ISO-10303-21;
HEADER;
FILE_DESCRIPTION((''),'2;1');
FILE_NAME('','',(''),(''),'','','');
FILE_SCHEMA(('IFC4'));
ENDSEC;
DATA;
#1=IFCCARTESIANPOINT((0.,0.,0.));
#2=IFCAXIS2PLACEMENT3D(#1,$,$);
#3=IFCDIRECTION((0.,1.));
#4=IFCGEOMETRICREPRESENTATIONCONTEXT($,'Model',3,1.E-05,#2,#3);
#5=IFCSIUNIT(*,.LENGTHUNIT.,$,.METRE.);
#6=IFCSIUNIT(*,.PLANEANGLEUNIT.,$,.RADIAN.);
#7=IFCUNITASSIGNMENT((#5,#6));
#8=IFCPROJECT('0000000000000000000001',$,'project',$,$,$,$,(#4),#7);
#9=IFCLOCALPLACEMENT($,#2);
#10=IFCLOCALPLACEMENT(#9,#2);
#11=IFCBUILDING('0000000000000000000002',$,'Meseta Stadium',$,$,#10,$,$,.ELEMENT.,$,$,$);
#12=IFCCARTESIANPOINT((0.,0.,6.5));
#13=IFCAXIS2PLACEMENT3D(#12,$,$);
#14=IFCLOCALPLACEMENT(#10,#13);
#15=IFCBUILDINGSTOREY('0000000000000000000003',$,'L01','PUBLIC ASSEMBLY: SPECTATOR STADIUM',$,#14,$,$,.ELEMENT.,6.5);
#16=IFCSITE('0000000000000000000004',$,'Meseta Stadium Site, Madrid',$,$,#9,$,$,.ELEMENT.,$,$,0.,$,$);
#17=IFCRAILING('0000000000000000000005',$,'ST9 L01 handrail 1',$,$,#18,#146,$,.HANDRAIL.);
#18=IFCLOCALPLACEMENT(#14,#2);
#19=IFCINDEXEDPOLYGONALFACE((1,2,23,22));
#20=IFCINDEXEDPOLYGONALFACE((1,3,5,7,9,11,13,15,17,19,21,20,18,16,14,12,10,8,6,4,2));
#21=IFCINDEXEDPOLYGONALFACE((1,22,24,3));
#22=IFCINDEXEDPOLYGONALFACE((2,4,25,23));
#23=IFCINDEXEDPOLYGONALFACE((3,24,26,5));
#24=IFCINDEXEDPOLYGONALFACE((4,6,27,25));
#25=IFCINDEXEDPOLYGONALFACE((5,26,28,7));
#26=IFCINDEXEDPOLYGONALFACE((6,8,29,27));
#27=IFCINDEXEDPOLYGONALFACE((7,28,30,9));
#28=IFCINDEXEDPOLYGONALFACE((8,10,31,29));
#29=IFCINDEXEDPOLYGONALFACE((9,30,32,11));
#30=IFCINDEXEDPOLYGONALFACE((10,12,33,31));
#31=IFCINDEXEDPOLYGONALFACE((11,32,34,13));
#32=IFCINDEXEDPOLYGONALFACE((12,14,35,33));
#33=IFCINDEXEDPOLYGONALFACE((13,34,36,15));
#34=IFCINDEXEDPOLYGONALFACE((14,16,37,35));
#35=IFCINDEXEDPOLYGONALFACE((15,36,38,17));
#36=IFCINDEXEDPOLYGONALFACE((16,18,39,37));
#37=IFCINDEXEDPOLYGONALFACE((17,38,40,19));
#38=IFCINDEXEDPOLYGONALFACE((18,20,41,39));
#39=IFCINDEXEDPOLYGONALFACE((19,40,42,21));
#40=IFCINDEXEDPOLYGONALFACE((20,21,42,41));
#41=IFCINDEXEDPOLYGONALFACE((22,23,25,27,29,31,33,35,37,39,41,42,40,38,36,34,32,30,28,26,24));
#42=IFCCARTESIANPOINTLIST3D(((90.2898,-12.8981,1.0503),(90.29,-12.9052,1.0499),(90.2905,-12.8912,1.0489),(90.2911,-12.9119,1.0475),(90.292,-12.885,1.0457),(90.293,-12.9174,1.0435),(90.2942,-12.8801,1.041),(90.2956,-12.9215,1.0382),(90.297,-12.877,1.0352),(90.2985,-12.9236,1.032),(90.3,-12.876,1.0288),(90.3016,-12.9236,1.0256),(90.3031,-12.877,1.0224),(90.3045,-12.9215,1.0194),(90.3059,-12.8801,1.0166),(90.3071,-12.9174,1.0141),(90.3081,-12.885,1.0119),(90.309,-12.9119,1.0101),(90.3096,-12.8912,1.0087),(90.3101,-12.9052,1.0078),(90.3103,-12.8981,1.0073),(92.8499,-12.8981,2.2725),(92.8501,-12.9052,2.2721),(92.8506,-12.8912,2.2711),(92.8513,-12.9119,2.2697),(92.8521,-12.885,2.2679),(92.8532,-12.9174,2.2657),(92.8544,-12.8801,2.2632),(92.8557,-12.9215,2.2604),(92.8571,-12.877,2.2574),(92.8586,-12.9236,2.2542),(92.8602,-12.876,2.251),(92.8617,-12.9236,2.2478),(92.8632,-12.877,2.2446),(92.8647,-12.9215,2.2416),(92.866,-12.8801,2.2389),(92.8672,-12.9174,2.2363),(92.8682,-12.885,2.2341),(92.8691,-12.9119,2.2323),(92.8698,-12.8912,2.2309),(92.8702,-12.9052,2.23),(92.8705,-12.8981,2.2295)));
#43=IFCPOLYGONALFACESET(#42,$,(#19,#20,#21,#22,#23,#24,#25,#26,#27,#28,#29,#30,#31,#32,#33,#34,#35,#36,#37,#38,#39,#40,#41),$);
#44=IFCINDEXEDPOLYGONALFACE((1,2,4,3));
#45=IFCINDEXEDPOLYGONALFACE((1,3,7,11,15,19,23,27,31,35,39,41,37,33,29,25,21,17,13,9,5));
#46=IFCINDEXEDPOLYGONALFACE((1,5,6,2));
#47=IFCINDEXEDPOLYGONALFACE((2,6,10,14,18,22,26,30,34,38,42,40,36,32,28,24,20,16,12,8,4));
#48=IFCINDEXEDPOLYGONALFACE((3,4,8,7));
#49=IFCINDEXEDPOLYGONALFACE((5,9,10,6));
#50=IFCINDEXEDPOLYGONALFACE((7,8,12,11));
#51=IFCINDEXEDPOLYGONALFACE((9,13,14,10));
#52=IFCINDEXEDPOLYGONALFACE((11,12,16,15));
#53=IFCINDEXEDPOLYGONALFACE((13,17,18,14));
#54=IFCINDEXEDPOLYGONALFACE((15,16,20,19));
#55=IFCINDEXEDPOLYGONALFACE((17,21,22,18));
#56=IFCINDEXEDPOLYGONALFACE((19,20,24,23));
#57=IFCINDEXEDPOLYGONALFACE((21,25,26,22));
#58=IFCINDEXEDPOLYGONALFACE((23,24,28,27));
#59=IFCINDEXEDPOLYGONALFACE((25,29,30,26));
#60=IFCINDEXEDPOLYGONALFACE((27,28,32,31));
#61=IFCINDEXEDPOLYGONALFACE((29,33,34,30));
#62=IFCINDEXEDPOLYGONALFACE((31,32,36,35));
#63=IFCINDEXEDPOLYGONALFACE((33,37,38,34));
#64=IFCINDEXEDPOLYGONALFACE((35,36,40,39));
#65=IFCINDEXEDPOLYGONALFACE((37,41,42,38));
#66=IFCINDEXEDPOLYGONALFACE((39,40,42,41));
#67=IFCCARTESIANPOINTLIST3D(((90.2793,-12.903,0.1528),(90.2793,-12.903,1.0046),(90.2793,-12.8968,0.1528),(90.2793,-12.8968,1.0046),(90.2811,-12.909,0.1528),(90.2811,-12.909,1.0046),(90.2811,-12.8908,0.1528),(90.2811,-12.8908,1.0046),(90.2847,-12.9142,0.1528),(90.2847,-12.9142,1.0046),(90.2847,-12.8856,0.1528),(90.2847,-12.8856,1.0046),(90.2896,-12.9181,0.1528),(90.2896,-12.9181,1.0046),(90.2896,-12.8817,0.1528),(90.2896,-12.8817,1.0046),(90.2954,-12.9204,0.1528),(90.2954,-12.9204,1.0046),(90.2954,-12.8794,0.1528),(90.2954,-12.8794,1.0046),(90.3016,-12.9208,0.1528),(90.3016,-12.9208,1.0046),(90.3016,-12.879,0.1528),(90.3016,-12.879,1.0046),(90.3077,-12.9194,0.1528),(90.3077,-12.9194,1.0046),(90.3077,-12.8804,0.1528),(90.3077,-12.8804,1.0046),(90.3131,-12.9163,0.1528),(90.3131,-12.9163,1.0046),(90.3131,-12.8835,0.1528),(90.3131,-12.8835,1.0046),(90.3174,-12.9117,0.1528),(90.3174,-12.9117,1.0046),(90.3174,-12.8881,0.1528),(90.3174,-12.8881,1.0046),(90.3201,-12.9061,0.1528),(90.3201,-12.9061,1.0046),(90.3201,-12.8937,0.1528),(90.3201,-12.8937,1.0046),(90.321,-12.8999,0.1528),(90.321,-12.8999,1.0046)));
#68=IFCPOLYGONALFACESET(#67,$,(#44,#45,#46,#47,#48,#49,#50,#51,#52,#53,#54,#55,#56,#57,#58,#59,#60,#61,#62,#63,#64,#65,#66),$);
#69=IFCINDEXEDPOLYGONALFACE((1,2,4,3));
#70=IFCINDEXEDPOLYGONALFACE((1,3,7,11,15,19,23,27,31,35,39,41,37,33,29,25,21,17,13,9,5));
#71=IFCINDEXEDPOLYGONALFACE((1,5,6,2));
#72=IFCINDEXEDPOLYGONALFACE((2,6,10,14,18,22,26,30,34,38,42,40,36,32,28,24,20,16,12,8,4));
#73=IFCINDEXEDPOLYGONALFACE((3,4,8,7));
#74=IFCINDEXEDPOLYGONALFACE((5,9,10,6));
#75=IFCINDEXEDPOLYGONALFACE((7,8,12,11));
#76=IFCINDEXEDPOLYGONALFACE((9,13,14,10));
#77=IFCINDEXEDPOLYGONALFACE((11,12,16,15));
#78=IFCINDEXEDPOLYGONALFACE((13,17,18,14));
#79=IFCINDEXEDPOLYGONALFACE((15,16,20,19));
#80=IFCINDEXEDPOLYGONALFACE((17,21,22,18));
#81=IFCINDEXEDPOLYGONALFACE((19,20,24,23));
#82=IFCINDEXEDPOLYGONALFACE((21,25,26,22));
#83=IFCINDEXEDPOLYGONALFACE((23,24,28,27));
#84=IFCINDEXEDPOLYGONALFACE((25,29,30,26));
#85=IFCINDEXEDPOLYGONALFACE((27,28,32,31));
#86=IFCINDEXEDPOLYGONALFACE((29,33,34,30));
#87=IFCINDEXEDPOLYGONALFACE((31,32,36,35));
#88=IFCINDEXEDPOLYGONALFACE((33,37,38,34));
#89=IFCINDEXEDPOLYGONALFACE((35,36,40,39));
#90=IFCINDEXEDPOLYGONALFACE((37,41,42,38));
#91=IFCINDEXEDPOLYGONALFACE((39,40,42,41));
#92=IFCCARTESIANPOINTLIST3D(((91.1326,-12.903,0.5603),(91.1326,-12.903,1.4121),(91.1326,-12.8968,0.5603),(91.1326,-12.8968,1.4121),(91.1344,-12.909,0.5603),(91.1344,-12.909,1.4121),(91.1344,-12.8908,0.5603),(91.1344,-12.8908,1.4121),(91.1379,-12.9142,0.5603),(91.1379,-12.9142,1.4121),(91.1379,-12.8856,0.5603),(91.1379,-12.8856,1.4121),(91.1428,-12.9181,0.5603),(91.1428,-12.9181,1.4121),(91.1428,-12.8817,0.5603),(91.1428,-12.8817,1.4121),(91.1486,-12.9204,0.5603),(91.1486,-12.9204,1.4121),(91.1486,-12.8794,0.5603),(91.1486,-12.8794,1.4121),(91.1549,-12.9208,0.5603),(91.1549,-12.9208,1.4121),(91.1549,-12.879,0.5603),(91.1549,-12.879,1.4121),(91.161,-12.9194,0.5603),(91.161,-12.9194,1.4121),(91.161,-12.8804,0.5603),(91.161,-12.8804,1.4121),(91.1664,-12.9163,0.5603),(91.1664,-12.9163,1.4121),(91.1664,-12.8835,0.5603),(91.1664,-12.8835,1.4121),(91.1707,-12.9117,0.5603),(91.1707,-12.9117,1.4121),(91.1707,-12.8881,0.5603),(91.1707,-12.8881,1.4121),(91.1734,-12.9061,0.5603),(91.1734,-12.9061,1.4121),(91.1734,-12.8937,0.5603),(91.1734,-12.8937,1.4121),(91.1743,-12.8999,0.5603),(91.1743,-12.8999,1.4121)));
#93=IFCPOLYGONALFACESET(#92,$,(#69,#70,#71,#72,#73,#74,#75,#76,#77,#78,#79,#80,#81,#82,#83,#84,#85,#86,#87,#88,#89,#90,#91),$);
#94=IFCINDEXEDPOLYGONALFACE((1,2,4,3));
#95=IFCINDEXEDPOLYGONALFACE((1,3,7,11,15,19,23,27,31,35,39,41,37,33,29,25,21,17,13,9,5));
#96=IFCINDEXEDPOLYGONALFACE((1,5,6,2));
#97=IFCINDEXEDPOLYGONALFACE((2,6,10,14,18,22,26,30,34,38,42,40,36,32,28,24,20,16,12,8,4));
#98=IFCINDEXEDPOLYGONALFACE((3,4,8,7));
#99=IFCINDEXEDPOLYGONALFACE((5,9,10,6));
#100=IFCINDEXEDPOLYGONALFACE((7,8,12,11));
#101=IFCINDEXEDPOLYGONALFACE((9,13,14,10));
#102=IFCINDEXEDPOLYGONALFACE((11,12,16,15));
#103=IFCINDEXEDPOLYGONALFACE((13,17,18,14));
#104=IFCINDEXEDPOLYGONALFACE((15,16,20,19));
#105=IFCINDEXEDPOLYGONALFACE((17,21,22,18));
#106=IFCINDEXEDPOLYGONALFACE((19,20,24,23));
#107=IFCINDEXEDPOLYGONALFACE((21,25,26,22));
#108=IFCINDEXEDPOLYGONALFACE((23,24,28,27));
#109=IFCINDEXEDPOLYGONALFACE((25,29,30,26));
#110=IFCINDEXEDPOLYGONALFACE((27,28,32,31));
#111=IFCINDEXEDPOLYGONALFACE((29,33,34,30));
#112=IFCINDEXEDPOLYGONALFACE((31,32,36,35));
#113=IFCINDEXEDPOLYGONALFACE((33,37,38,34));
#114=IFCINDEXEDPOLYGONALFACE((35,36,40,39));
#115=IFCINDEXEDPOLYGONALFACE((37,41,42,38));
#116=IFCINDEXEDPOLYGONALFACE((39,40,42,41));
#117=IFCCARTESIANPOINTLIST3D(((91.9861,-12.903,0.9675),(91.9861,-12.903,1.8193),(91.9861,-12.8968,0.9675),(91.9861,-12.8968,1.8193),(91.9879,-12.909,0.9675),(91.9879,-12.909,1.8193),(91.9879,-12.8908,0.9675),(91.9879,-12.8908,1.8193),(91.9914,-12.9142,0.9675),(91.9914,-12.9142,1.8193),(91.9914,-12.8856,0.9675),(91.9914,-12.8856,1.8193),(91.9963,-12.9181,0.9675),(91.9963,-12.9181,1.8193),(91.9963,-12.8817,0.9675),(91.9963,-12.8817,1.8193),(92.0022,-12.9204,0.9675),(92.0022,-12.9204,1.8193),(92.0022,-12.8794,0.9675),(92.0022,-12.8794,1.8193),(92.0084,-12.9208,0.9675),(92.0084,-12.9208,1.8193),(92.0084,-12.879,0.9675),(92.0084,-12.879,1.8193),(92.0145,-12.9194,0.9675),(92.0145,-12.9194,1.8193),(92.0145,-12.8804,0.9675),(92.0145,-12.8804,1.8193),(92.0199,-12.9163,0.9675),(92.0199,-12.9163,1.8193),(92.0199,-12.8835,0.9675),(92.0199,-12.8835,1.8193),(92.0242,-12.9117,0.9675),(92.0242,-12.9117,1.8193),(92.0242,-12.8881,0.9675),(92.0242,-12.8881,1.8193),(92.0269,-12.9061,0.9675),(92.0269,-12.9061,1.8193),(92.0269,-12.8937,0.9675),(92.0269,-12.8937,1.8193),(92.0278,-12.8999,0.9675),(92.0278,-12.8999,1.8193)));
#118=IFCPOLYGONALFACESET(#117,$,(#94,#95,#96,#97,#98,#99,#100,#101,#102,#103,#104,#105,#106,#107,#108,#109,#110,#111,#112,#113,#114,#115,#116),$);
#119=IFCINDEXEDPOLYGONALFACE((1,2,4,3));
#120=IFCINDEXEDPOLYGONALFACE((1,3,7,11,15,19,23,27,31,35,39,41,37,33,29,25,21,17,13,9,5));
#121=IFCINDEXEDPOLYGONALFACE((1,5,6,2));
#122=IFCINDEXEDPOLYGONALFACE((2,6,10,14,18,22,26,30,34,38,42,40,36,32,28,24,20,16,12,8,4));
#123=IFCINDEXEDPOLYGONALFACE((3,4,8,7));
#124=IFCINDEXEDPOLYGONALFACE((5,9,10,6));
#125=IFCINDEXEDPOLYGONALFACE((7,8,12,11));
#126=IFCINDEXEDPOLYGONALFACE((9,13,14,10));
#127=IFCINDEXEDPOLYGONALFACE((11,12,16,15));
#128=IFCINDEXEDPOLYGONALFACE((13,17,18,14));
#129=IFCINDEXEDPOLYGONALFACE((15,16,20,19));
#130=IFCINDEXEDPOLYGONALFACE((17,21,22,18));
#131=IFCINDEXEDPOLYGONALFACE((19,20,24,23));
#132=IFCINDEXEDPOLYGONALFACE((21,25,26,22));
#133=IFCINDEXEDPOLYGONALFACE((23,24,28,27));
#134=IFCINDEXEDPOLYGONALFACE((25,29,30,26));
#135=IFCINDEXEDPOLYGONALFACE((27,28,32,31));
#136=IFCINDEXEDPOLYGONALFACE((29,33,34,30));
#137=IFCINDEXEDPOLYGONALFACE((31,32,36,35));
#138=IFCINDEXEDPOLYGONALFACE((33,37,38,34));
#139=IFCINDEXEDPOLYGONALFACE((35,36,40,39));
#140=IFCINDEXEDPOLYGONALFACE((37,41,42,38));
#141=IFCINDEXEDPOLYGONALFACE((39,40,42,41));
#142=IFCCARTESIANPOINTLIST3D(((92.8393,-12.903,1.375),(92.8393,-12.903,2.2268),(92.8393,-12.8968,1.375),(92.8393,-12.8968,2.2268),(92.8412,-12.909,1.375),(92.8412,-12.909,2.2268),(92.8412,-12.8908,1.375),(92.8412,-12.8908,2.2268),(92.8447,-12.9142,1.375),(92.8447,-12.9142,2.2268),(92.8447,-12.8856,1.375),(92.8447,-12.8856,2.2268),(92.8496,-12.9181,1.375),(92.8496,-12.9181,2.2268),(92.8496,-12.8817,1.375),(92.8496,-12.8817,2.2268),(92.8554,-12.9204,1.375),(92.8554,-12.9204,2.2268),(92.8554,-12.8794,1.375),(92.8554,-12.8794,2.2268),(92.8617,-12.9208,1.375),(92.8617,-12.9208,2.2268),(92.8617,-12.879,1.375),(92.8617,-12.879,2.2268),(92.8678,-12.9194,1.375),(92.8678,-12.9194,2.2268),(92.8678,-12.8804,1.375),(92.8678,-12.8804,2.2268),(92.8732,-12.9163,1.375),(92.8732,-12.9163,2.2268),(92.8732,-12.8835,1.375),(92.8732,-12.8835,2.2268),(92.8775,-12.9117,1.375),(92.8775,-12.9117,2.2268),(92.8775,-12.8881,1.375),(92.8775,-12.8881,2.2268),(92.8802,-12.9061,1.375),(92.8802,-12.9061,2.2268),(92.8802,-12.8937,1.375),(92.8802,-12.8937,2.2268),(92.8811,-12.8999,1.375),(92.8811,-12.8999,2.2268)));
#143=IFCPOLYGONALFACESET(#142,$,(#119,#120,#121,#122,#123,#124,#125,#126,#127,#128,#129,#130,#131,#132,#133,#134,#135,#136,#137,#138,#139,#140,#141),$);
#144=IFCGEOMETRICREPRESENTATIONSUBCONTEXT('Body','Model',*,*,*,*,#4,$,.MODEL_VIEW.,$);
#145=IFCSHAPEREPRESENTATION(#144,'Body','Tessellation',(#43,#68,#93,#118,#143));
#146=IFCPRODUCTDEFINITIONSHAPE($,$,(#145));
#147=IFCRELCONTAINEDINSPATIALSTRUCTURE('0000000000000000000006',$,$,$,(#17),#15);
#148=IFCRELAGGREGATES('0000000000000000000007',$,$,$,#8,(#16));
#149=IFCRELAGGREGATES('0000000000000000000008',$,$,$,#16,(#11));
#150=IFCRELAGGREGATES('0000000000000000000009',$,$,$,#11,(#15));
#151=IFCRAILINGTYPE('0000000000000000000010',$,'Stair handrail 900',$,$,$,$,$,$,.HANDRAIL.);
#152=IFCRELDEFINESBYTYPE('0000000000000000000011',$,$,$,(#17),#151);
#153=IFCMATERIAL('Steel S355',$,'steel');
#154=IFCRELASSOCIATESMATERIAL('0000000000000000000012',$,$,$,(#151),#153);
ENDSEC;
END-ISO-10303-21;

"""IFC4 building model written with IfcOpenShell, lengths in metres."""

from ifc_helpers import new_model, si_unit, direction, frame, origin, origin_2d, place, context, subcontext, project, spatial, circle, extrude, material, type_object, element, save


model = new_model("IFC4")

# Units and contexts
model_context = context("Model", 3, precision=1e-05, world=origin(), true_north=direction((0.0, 1.0)))
body_context = subcontext(model_context, "Body", "Model", "MODEL_VIEW")
ifc_project = project(units=[si_unit("LENGTHUNIT", "METRE"), si_unit("PLANEANGLEUNIT", "RADIAN")], contexts=[model_context])

# Site, building, storey
site_placement = place(None, origin())
site = spatial("IfcSite", under=ifc_project, at=site_placement, Name="Meseta Stadium Site, Madrid", CompositionType="ELEMENT", RefElevation=0.0)
building_placement = place(site_placement, origin())
building = spatial("IfcBuilding", under=site, at=building_placement, Name="Meseta Stadium", CompositionType="ELEMENT")
storey_placement = place(building_placement, frame((0.0, 0.0, 6.5)))
storey = spatial("IfcBuildingStorey", under=building, at=storey_placement, Name="L01", Description="PUBLIC ASSEMBLY: SPECTATOR STADIUM", CompositionType="ELEMENT", Elevation=6.5)

# Railing
ifc_material_1 = material(Name="Steel S355", Category="steel")
railing_type_1 = type_object("IfcRailingType", Name="Stair handrail 900", PredefinedType="HANDRAIL", material=ifc_material_1)
railing_1_placement = place(storey_placement, frame((90.3, -12.8999, 0.1528)))
element("IfcRailing", 1, at=railing_1_placement, inside=storey, type_object=railing_type_1, Name="ST9 L01 handrail 1", PredefinedType="HANDRAIL", context=body_context, shape_type="SweptSolid", body=[
    extrude(circle(Radius=0.0239, at=origin_2d()), frame((0.0, 0.0, 0.876), z_axis=(0.902437, 0.0, 0.430822), x_axis=(0.0, 1.0, 0.0)), (0.0, 0.0, 1.0), 2.8369),
    extrude(circle(Radius=0.021, at=origin_2d()), origin(), (0.0, 0.0, 1.0), 0.8518),
    extrude(circle(Radius=0.021, at=origin_2d()), frame((0.8533, 0.0, 0.4075)), (0.0, 0.0, 1.0), 0.8518),
    extrude(circle(Radius=0.021, at=origin_2d()), frame((1.7068, 0.0, 0.8147)), (0.0, 0.0, 1.0), 0.8518),
    extrude(circle(Radius=0.021, at=origin_2d()), frame((2.5601, 0.0, 1.2222)), (0.0, 0.0, 1.0), 0.8518),
])

save(model, "model.ifc")
